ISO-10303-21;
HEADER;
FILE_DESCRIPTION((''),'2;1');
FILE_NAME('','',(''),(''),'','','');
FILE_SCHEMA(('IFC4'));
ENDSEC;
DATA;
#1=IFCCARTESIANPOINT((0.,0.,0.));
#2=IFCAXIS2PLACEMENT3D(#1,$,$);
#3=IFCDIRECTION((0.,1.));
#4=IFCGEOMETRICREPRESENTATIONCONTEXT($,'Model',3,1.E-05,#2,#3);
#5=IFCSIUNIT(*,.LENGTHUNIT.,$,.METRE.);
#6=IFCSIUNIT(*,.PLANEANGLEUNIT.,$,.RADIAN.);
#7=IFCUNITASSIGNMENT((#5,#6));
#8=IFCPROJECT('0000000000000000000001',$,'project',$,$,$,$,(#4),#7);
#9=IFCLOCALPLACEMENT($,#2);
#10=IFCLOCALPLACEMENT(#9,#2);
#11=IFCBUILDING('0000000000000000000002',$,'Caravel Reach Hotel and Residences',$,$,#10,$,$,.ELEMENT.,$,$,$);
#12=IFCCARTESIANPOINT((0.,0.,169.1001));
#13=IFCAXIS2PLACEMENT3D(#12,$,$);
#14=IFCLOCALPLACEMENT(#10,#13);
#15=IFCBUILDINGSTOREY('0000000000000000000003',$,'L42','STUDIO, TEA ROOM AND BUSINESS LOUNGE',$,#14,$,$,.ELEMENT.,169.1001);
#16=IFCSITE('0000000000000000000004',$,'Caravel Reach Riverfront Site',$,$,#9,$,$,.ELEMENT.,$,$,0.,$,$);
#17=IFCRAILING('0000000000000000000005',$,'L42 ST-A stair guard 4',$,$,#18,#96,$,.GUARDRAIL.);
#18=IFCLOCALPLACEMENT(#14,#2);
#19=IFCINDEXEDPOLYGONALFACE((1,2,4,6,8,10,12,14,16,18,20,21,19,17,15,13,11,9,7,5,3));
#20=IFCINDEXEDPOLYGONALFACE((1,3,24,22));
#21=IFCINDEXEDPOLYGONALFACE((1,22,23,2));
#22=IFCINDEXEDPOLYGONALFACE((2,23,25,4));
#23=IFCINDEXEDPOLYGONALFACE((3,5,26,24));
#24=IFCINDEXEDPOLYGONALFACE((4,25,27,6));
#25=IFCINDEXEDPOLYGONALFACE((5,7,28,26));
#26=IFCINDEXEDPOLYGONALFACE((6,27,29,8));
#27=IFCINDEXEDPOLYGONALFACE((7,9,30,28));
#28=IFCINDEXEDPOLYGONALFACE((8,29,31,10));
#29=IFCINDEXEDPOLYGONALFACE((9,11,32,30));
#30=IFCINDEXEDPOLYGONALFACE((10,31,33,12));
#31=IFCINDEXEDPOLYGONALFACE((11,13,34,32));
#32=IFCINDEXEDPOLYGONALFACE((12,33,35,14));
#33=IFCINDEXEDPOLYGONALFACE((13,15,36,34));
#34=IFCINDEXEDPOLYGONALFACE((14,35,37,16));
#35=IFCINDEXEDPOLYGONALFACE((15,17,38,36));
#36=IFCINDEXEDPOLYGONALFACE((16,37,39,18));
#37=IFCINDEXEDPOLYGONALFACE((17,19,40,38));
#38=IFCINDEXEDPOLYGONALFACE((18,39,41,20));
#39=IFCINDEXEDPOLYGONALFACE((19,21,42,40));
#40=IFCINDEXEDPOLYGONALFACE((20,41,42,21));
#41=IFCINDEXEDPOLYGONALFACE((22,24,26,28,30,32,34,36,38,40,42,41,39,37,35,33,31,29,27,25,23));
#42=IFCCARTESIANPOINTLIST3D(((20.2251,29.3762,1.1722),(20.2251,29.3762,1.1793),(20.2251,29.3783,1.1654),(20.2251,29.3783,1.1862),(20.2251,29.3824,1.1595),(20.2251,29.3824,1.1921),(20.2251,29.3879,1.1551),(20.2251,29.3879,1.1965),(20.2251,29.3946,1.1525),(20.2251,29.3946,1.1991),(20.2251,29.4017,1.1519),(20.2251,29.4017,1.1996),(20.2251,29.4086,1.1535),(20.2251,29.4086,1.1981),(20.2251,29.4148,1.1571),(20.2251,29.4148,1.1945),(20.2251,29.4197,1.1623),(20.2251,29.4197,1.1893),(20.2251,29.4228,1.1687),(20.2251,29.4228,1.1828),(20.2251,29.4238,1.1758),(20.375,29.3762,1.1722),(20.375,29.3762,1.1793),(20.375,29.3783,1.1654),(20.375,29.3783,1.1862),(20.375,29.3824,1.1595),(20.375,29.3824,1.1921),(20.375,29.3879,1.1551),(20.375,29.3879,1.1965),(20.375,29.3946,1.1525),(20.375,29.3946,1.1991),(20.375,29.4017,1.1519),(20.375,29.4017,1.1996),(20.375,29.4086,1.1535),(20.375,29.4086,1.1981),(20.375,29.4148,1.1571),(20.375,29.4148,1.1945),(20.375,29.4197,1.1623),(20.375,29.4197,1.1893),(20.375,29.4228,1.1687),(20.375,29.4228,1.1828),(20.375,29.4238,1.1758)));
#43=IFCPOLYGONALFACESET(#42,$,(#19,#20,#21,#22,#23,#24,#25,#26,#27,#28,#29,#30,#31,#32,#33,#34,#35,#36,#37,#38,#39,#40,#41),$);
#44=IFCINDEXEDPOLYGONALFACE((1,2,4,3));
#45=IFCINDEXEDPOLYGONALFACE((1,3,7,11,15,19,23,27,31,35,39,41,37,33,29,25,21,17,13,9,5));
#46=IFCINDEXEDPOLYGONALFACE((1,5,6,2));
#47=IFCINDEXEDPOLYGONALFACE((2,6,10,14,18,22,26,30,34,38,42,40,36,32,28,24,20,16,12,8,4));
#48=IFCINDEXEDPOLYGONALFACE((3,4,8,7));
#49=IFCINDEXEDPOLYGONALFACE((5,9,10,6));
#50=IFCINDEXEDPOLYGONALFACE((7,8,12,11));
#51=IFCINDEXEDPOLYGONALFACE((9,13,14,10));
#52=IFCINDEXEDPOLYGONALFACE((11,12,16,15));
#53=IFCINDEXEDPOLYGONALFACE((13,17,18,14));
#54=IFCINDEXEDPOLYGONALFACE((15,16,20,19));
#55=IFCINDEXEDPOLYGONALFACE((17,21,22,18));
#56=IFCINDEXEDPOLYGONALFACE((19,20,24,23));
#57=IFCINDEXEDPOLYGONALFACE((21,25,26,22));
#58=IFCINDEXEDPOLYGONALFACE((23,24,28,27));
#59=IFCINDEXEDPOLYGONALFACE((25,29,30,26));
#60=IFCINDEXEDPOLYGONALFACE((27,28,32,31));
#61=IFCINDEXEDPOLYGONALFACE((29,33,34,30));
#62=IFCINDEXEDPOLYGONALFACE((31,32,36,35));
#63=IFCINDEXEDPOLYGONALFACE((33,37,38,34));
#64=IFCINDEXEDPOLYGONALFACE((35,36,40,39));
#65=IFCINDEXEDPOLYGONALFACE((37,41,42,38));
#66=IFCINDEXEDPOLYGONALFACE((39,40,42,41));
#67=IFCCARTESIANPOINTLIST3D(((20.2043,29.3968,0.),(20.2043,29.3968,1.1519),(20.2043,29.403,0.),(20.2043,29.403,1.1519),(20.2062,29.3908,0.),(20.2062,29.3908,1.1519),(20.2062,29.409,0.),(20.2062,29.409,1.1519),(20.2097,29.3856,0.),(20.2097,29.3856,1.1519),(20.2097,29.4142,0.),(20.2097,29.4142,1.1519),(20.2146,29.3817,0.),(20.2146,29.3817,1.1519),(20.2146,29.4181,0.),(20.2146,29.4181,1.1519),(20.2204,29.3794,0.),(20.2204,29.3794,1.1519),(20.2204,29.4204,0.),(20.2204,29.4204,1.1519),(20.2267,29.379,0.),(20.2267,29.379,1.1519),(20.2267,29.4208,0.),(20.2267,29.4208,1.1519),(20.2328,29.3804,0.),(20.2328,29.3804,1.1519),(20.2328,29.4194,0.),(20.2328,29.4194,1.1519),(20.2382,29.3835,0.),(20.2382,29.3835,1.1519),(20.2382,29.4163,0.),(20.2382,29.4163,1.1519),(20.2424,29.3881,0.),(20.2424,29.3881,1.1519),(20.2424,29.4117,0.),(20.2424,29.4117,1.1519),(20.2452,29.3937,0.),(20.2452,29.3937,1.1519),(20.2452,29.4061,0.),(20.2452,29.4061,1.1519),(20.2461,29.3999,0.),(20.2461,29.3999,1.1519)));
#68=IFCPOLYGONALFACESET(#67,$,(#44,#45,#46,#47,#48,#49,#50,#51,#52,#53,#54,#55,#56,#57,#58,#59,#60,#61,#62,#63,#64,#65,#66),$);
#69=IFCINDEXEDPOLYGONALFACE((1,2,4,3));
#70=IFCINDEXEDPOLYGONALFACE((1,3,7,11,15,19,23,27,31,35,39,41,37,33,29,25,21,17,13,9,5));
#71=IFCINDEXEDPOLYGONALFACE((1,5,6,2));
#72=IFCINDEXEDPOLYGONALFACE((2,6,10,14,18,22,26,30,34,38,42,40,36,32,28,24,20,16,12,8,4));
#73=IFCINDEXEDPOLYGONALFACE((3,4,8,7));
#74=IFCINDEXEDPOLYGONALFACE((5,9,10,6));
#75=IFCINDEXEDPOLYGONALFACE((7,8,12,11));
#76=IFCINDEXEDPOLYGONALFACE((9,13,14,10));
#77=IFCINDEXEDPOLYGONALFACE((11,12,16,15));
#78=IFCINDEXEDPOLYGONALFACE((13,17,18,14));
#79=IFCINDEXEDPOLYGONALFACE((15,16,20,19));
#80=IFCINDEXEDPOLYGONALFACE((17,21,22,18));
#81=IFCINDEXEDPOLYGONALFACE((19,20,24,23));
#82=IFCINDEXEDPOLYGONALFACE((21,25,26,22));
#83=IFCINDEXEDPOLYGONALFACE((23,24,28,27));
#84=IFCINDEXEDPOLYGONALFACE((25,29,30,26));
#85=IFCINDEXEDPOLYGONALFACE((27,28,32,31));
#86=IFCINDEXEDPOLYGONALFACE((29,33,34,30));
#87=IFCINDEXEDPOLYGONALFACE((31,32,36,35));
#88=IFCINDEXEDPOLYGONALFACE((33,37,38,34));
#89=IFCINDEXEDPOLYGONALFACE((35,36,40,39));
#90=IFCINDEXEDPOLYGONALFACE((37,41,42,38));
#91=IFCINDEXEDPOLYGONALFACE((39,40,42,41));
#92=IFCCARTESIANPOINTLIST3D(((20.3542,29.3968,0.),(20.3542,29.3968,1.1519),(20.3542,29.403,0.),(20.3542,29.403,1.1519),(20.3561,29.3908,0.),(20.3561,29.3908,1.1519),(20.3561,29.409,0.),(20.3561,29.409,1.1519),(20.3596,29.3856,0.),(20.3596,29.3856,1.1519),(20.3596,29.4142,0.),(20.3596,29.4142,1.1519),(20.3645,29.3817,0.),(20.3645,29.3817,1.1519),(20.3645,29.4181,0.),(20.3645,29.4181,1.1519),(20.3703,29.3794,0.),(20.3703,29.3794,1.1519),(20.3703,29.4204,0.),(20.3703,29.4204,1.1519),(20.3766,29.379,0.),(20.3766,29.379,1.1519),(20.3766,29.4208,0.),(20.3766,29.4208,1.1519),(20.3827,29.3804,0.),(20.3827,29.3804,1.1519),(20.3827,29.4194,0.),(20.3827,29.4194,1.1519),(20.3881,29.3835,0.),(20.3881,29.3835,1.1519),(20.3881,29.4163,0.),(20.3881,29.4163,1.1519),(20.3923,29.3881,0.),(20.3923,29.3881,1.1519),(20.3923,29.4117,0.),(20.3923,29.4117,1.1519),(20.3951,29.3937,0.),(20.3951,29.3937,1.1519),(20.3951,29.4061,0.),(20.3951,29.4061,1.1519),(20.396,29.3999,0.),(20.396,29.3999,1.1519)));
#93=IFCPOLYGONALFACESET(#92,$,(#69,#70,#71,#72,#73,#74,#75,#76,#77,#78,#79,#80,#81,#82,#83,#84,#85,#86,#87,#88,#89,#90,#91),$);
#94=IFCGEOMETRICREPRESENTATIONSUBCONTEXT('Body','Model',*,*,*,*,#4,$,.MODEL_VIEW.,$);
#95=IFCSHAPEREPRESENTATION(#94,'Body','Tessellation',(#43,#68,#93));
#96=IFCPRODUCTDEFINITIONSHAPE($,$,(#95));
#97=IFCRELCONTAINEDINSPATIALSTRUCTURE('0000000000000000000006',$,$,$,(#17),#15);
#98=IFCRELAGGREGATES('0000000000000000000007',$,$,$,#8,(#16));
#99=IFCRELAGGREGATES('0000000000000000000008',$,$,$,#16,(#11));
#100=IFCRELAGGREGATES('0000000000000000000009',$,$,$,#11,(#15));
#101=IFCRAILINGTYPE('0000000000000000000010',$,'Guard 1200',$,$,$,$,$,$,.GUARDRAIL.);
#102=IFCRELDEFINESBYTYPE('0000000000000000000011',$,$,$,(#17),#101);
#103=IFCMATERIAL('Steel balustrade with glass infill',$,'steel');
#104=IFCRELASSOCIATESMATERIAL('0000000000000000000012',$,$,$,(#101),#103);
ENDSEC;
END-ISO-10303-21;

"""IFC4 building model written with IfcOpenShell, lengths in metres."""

from ifc_helpers import new_model, si_unit, direction, frame, origin, origin_2d, place, context, subcontext, project, spatial, circle, extrude, material, type_object, element, save


model = new_model("IFC4")

# Units and contexts
model_context = context("Model", 3, precision=1e-05, world=origin(), true_north=direction((0.0, 1.0)))
body_context = subcontext(model_context, "Body", "Model", "MODEL_VIEW")
ifc_project = project(units=[si_unit("LENGTHUNIT", "METRE"), si_unit("PLANEANGLEUNIT", "RADIAN")], contexts=[model_context])

# Site, building, storey
site_placement = place(None, origin())
site = spatial("IfcSite", under=ifc_project, at=site_placement, Name="Caravel Reach Riverfront Site", CompositionType="ELEMENT", RefElevation=0.0)
building_placement = place(site_placement, origin())
building = spatial("IfcBuilding", under=site, at=building_placement, Name="Caravel Reach Hotel and Residences", CompositionType="ELEMENT")
storey_placement = place(building_placement, frame((0.0, 0.0, 169.1001)))
storey = spatial("IfcBuildingStorey", under=building, at=storey_placement, Name="L42", Description="STUDIO, TEA ROOM AND BUSINESS LOUNGE", CompositionType="ELEMENT", Elevation=169.1001)

# Railing
ifc_material_1 = material(Name="Steel balustrade with glass infill", Category="steel")
railing_type_1 = type_object("IfcRailingType", Name="Guard 1200", PredefinedType="GUARDRAIL", material=ifc_material_1)
railing_1_placement = place(storey_placement, frame((20.2251, 29.3999, 0.0)))
element("IfcRailing", 1, at=railing_1_placement, inside=storey, type_object=railing_type_1, Name="L42 ST-A stair guard 4", PredefinedType="GUARDRAIL", context=body_context, shape_type="SweptSolid", body=[
    extrude(circle(Radius=0.0239, at=origin_2d()), frame((0.0, 0.0, 1.1758), z_axis=(1.0, 0.0, 0.0), x_axis=(0.0, 1.0, 0.0)), (0.0, 0.0, 1.0), 0.1499),
    extrude(circle(Radius=0.021, at=origin_2d()), origin(), (0.0, 0.0, 1.0), 1.1519),
    extrude(circle(Radius=0.021, at=origin_2d()), frame((0.1499, 0.0, 0.0)), (0.0, 0.0, 1.0), 1.1519),
])

save(model, "model.ifc")
